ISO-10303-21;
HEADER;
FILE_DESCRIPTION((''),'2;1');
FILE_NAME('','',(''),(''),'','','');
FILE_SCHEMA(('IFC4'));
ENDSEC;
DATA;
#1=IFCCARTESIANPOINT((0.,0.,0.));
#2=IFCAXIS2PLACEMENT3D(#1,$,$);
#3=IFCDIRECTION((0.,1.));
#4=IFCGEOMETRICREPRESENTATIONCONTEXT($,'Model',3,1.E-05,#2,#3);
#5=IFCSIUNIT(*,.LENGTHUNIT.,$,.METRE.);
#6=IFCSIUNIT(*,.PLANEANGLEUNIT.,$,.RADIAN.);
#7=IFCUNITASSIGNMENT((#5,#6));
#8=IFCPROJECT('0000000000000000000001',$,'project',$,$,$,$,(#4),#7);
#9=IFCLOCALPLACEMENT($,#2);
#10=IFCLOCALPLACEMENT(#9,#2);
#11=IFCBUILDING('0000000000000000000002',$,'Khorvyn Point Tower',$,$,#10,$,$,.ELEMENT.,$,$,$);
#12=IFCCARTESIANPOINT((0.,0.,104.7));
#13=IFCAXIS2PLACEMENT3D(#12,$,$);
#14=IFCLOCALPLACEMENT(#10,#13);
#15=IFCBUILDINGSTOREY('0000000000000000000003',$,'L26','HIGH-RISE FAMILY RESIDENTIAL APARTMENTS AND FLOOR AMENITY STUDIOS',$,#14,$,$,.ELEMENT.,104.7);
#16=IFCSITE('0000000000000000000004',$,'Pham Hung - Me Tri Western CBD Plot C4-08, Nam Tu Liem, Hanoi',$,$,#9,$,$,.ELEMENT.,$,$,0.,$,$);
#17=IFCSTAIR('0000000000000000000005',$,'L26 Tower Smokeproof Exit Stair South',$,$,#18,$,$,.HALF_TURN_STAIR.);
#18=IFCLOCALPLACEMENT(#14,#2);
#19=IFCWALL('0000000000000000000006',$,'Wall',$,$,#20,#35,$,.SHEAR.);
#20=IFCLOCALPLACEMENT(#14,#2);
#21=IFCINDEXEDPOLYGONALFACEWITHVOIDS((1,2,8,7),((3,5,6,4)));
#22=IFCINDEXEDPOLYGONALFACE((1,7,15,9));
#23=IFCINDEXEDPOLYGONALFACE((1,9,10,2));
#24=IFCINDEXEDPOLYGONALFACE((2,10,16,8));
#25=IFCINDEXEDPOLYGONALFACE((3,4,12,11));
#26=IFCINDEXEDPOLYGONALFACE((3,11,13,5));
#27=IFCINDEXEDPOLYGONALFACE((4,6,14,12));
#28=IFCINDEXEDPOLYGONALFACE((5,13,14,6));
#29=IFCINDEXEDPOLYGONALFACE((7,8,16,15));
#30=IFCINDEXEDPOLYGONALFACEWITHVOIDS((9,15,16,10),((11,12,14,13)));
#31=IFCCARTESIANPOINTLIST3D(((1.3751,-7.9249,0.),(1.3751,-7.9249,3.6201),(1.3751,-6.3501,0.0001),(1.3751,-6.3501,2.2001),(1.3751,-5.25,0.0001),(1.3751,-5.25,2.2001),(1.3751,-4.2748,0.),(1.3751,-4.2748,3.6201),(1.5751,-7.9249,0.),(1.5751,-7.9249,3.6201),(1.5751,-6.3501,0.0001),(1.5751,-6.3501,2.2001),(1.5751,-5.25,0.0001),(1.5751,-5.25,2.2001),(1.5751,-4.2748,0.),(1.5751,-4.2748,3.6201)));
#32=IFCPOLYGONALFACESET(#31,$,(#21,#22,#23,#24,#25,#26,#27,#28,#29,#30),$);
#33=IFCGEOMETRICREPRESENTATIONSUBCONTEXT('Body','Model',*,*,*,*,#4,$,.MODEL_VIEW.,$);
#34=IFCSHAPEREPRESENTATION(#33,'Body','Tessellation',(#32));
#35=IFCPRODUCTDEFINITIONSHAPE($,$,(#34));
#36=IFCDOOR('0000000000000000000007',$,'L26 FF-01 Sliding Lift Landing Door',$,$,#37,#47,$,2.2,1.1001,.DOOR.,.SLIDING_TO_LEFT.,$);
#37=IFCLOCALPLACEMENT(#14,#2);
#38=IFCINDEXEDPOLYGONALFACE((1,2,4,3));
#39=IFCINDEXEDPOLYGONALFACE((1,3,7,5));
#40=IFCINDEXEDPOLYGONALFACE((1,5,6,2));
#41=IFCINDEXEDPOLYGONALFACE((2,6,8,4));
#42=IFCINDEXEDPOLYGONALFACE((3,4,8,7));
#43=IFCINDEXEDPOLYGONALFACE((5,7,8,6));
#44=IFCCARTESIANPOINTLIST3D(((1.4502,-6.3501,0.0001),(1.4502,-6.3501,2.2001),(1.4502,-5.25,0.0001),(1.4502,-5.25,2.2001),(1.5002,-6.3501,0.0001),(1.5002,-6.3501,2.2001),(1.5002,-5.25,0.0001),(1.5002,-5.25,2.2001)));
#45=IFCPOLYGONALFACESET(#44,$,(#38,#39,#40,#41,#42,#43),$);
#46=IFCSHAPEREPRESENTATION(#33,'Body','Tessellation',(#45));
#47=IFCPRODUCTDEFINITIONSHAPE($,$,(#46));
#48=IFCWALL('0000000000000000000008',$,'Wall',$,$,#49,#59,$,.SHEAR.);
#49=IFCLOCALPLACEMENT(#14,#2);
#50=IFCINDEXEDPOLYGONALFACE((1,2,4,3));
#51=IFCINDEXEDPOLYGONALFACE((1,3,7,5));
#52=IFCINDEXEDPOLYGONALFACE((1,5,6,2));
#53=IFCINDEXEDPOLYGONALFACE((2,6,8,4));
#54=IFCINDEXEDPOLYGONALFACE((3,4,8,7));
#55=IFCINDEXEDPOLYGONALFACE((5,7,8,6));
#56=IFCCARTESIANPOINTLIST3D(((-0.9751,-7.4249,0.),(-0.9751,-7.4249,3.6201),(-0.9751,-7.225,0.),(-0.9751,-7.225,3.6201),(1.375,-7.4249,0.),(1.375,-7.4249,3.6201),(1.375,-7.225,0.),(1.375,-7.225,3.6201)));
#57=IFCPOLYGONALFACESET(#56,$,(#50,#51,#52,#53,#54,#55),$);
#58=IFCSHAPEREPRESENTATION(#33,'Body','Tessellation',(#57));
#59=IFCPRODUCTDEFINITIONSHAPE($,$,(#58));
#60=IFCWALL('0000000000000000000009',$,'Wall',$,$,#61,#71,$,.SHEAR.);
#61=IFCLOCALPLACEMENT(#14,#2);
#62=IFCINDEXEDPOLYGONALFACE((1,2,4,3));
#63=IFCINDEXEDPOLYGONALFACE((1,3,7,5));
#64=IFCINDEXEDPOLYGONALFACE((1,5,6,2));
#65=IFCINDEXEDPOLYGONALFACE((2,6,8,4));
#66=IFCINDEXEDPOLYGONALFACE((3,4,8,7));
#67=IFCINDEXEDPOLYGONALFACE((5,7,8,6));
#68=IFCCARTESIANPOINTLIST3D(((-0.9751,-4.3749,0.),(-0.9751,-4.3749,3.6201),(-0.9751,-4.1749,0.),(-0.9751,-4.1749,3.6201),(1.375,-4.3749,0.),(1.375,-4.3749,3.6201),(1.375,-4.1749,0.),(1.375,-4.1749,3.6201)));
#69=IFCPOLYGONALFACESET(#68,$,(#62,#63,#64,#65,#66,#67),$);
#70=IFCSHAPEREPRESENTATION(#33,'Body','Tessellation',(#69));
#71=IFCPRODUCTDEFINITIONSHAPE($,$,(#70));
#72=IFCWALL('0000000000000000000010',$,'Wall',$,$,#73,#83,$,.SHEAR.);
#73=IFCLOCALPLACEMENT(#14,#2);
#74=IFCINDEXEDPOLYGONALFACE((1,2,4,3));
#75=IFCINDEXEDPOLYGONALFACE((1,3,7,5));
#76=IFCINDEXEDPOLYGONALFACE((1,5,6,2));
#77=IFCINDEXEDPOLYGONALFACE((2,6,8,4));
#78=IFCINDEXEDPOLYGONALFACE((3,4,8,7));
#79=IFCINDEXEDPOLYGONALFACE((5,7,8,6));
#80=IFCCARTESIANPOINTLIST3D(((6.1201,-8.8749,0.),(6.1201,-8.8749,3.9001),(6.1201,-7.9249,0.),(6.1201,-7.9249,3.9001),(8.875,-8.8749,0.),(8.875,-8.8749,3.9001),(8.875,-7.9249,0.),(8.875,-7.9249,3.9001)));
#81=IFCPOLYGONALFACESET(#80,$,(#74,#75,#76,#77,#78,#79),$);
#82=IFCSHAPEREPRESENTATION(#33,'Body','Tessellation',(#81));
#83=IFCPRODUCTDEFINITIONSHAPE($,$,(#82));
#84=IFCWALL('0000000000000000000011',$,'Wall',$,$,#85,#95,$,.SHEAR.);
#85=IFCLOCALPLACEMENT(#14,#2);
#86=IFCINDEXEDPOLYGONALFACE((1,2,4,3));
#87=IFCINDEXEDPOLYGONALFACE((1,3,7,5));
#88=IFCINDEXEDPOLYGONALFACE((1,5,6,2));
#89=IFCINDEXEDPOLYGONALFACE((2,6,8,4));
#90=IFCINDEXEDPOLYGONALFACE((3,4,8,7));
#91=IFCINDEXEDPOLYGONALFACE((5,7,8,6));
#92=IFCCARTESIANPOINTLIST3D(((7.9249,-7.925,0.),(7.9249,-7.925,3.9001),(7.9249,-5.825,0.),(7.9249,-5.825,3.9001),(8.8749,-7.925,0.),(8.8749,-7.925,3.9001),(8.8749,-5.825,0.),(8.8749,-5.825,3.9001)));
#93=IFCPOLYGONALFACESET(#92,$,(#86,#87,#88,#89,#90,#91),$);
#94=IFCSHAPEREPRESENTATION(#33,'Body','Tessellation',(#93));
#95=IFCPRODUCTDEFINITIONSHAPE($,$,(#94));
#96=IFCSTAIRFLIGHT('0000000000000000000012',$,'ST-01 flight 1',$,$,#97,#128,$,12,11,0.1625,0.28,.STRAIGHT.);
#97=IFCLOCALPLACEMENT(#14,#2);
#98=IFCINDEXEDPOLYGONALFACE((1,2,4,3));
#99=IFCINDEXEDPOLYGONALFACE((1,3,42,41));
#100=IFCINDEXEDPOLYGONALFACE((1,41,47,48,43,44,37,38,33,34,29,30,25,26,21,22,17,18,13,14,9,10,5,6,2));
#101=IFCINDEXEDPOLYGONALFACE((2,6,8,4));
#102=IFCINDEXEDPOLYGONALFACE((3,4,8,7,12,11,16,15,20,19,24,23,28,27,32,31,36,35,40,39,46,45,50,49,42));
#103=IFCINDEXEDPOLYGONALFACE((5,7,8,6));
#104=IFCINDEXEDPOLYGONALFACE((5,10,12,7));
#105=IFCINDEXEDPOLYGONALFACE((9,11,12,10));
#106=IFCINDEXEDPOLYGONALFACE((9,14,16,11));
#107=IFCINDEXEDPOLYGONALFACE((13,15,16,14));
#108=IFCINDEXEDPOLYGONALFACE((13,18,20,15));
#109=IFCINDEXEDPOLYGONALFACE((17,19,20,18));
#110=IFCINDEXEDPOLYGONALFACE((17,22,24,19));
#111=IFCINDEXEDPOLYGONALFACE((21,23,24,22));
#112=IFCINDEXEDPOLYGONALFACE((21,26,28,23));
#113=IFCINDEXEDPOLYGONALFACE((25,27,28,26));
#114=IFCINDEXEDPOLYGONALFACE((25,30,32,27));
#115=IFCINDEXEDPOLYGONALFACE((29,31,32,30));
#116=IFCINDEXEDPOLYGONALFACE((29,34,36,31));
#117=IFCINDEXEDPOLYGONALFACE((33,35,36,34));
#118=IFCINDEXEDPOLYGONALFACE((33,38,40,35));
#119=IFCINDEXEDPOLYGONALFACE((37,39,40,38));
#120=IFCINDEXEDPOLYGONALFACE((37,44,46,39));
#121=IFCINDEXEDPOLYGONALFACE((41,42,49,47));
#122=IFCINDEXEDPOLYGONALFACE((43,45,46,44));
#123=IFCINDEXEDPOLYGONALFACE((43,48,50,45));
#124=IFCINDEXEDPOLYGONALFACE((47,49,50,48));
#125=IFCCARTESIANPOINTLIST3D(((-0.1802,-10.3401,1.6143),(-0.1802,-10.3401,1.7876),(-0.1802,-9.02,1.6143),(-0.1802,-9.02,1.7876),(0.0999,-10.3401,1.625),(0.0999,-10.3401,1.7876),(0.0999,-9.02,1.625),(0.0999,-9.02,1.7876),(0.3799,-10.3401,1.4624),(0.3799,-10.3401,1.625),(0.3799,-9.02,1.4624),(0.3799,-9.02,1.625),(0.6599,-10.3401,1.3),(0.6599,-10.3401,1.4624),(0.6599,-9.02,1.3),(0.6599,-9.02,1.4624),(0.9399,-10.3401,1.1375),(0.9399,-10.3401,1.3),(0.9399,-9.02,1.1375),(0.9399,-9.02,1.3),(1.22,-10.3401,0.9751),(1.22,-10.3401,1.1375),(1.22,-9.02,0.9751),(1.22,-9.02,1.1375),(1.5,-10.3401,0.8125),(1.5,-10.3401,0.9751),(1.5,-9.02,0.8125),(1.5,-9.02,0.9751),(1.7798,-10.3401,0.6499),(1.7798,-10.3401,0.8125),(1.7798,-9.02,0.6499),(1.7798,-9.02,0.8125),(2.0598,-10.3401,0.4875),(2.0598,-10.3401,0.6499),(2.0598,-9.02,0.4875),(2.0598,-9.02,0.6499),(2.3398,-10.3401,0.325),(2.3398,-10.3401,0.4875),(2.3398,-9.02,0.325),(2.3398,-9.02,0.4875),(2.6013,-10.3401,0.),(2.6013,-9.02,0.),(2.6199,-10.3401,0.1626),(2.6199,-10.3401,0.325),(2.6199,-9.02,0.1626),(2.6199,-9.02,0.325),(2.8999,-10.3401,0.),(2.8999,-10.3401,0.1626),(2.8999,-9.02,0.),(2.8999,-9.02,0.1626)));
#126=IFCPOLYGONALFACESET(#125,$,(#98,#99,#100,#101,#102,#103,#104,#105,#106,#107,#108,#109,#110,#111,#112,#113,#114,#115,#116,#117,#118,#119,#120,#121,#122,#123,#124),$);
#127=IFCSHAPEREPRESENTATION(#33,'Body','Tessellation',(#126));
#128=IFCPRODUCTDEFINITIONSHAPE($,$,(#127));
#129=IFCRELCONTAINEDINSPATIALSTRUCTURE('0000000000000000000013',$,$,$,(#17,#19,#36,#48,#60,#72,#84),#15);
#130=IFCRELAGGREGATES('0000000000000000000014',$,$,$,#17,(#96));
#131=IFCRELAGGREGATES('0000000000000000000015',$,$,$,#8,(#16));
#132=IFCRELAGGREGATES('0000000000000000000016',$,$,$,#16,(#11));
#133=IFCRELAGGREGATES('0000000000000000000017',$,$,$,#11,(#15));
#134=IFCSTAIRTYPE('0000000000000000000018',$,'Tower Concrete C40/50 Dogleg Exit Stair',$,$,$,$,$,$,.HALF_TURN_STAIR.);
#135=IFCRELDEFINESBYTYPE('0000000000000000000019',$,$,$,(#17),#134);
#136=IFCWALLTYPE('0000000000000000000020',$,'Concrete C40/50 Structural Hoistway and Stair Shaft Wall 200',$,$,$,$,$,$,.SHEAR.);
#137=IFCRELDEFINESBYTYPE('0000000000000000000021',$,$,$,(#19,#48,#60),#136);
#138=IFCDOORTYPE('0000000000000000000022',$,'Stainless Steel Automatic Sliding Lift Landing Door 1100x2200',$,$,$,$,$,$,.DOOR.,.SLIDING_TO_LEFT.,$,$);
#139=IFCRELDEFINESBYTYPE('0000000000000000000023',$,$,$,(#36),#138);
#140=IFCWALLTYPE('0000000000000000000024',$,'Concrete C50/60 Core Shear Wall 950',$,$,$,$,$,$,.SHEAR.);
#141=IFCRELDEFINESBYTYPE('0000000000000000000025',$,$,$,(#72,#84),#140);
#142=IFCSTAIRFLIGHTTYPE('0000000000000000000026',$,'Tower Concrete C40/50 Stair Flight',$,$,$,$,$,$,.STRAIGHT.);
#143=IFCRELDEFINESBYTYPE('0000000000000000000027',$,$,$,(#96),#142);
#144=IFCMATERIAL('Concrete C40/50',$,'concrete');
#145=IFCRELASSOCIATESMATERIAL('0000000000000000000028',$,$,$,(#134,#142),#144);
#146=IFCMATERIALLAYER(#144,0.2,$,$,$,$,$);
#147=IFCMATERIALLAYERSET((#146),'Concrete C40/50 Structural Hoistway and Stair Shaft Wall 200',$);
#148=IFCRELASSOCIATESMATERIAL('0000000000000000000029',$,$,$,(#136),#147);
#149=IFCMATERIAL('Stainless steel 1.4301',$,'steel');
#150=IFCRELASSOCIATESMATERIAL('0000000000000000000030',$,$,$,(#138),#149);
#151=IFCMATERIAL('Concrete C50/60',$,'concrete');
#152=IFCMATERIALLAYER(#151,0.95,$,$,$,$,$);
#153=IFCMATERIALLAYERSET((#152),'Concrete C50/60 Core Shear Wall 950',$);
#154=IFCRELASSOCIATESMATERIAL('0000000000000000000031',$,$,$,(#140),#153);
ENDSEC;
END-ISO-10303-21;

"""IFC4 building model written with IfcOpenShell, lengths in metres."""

from ifc_helpers import new_model, si_unit, direction, frame, frame_2d, origin, place, context, subcontext, project, spatial, polyline, rectangle, outline, extrude, material, layer, layer_set, type_object, element, fill, aggregate, save


model = new_model("IFC4")

# Units and contexts
model_context = context("Model", 3, precision=1e-05, world=origin(), true_north=direction((0.0, 1.0)))
body_context = subcontext(model_context, "Body", "Model", "MODEL_VIEW")
ifc_project = project(units=[si_unit("LENGTHUNIT", "METRE"), si_unit("PLANEANGLEUNIT", "RADIAN")], contexts=[model_context])

# Site, building, storey
site_placement = place(None, origin())
site = spatial("IfcSite", under=ifc_project, at=site_placement, Name="Pham Hung - Me Tri Western CBD Plot C4-08, Nam Tu Liem, Hanoi", CompositionType="ELEMENT", RefElevation=0.0)
building_placement = place(site_placement, origin())
building = spatial("IfcBuilding", under=site, at=building_placement, Name="Khorvyn Point Tower", CompositionType="ELEMENT")
storey_placement = place(building_placement, frame((0.0, 0.0, 104.7)))
storey = spatial("IfcBuildingStorey", under=building, at=storey_placement, Name="L26", Description="HIGH-RISE FAMILY RESIDENTIAL APARTMENTS AND FLOOR AMENITY STUDIOS", CompositionType="ELEMENT", Elevation=104.7)

# Shared definitions
ifc_material_1 = material(Name="Concrete C40/50", Category="concrete")

# Shared definitions
ifc_material_2 = material(Name="Concrete C50/60", Category="concrete")

# Stair
stair_type = type_object("IfcStairType", Name="Tower Concrete C40/50 Dogleg Exit Stair", PredefinedType="HALF_TURN_STAIR", material=ifc_material_1)
stair_1_placement = place(storey_placement, origin())
stair_1 = element("IfcStair", 1, at=stair_1_placement, inside=storey, type_object=stair_type, Name="L26 Tower Smokeproof Exit Stair South", PredefinedType="HALF_TURN_STAIR")

# Shared definitions
ifc_layer_1 = layer(ifc_material_1, 0.2)
ifc_layer_set_1 = layer_set([ifc_layer_1], Name="Concrete C40/50 Structural Hoistway and Stair Shaft Wall 200")
wall_type_1 = type_object("IfcWallType", Name="Concrete C40/50 Structural Hoistway and Stair Shaft Wall 200", PredefinedType="SHEAR", material=ifc_layer_set_1)

# Wall, opening, door
wall_1_placement = place(storey_placement, frame((1.4751, -7.925, 0.0), z_axis=(0.0, 0.0, 1.0), x_axis=(0.0, 1.0, 0.0)))
wall_1 = element("IfcWall", 2, at=wall_1_placement, inside=storey, type_object=wall_type_1, Name="Wall", PredefinedType="SHEAR", context=body_context, shape_type="SweptSolid", body=[
    extrude(rectangle(XDim=3.6501, YDim=0.2, at=frame_2d((1.8252, 0.0))), origin(), (0.0, 0.0, 1.0), 3.6201),
])
opening_1_placement = place(wall_1_placement, frame((1.575, 0.0, 0.0)))
opening_1 = element("IfcOpeningElement", 3, at=opening_1_placement, cuts=wall_1, PredefinedType="OPENING", context=body_context, shape_type="SweptSolid", body=[
    extrude(rectangle(XDim=1.1001, YDim=2.2, at=frame_2d((0.55, 1.1001))), frame((0.0, 0.1099, 0.0), z_axis=(0.0, -1.0, 0.0), x_axis=(1.0, 0.0, 0.0)), (0.0, 0.0, 1.0), 0.22),
])
ifc_material_3 = material(Name="Stainless steel 1.4301", Category="steel")
door_type_1 = type_object("IfcDoorType", Name="Stainless Steel Automatic Sliding Lift Landing Door 1100x2200", OperationType="SLIDING_TO_LEFT", PredefinedType="DOOR", material=ifc_material_3)
door_1_placement = place(opening_1_placement, origin())
door_1 = element("IfcDoor", 4, at=door_1_placement, inside=storey, type_object=door_type_1, Name="L26 FF-01 Sliding Lift Landing Door", OperationType="SLIDING_TO_LEFT", OverallHeight=2.2, OverallWidth=1.1001, PredefinedType="DOOR", context=body_context, shape_type="SweptSolid", body=[
    extrude(rectangle(XDim=1.1001, YDim=2.2, at=frame_2d((0.55, 1.1001))), frame((0.0, 0.0249, 0.0), z_axis=(0.0, -1.0, 0.0), x_axis=(1.0, 0.0, 0.0)), (0.0, 0.0, 1.0), 0.05),
])
fill(opening_1, door_1)

# Walls
for number, where, z_axis, x_axis, name in (
    (5, (-0.9751, -7.325, 0.0), (0.0, 0.0, 1.0), (1.0, 0.0, 0.0), "Wall"),
    (6, (-0.9751, -4.2749, 0.0), (0.0, 0.0, 1.0), (1.0, 0.0, 0.0), "Wall"),
):
    element("IfcWall", number, at=place(storey_placement, frame(where, z_axis=z_axis, x_axis=x_axis)), inside=storey, type_object=wall_type_1, Name=name, PredefinedType="SHEAR", context=body_context, shape_type="SweptSolid", body=[
        extrude(rectangle(XDim=2.3501, YDim=0.2, at=frame_2d((1.175, 0.0))), origin(), (0.0, 0.0, 1.0), 3.6201),
    ])
ifc_layer_2 = layer(ifc_material_2, 0.95)
ifc_layer_set_2 = layer_set([ifc_layer_2], Name="Concrete C50/60 Core Shear Wall 950")
wall_type_2 = type_object("IfcWallType", Name="Concrete C50/60 Core Shear Wall 950", PredefinedType="SHEAR", material=ifc_layer_set_2)
wall_2_placement = place(storey_placement, frame((6.1201, -8.3999, 0.0), z_axis=(0.0, 0.0, 1.0), x_axis=(1.0, 0.0, 0.0)))
element("IfcWall", 7, at=wall_2_placement, inside=storey, type_object=wall_type_2, Name="Wall", PredefinedType="SHEAR", context=body_context, shape_type="SweptSolid", body=[
    extrude(rectangle(XDim=2.7549, YDim=0.95, at=frame_2d((1.3774, 0.0))), origin(), (0.0, 0.0, 1.0), 3.9001),
])
wall_3_placement = place(storey_placement, frame((8.3999, -7.925, 0.0), z_axis=(0.0, 0.0, 1.0), x_axis=(0.0, 1.0, 0.0)))
element("IfcWall", 8, at=wall_3_placement, inside=storey, type_object=wall_type_2, Name="Wall", PredefinedType="SHEAR", context=body_context, shape_type="SweptSolid", body=[
    extrude(rectangle(XDim=2.1001, YDim=0.95, at=frame_2d((1.05, 0.0))), origin(), (0.0, 0.0, 1.0), 3.9001),
])

# Stair flight
stair_flight_type = type_object("IfcStairFlightType", Name="Tower Concrete C40/50 Stair Flight", PredefinedType="STRAIGHT", material=ifc_material_1)
stair_flight_placement = place(storey_placement, frame((2.8999, -9.6799, 0.0), z_axis=(0.0, 0.0, 1.0), x_axis=(-1.0, 0.0, 0.0)))
stair_flight = element("IfcStairFlight", 9, at=stair_flight_placement, type_object=stair_flight_type, Name="ST-01 flight 1", NumberOfRisers=12, NumberOfTreads=11, PredefinedType="STRAIGHT", RiserHeight=0.1625, TreadLength=0.28, context=body_context, shape_type="SweptSolid", body=[
    extrude(outline(polyline([(0.0, 0.0), (0.0, 0.1626), (0.28, 0.1626), (0.28, 0.325), (0.5601, 0.325), (0.5601, 0.4875), (0.8401, 0.4875), (0.8401, 0.6499), (1.1201, 0.6499), (1.1201, 0.8125), (1.3999, 0.8125), (1.3999, 0.9751), (1.6799, 0.9751), (1.6799, 1.1375), (1.96, 1.1375), (1.96, 1.3), (2.24, 1.3), (2.24, 1.4624), (2.52, 1.4624), (2.52, 1.625), (2.8, 1.625), (2.8, 1.7876), (3.0801, 1.7876), (3.0801, 1.95), (3.0801, 1.6143), (0.2986, 0.0), (0.0, 0.0)])), frame((0.0, 0.6602, 0.0), z_axis=(0.0, -1.0, 0.0), x_axis=(1.0, 0.0, 0.0)), (0.0, 0.0, 1.0), 1.3201),
])
aggregate(stair_1, [stair_flight])

save(model, "model.ifc")
